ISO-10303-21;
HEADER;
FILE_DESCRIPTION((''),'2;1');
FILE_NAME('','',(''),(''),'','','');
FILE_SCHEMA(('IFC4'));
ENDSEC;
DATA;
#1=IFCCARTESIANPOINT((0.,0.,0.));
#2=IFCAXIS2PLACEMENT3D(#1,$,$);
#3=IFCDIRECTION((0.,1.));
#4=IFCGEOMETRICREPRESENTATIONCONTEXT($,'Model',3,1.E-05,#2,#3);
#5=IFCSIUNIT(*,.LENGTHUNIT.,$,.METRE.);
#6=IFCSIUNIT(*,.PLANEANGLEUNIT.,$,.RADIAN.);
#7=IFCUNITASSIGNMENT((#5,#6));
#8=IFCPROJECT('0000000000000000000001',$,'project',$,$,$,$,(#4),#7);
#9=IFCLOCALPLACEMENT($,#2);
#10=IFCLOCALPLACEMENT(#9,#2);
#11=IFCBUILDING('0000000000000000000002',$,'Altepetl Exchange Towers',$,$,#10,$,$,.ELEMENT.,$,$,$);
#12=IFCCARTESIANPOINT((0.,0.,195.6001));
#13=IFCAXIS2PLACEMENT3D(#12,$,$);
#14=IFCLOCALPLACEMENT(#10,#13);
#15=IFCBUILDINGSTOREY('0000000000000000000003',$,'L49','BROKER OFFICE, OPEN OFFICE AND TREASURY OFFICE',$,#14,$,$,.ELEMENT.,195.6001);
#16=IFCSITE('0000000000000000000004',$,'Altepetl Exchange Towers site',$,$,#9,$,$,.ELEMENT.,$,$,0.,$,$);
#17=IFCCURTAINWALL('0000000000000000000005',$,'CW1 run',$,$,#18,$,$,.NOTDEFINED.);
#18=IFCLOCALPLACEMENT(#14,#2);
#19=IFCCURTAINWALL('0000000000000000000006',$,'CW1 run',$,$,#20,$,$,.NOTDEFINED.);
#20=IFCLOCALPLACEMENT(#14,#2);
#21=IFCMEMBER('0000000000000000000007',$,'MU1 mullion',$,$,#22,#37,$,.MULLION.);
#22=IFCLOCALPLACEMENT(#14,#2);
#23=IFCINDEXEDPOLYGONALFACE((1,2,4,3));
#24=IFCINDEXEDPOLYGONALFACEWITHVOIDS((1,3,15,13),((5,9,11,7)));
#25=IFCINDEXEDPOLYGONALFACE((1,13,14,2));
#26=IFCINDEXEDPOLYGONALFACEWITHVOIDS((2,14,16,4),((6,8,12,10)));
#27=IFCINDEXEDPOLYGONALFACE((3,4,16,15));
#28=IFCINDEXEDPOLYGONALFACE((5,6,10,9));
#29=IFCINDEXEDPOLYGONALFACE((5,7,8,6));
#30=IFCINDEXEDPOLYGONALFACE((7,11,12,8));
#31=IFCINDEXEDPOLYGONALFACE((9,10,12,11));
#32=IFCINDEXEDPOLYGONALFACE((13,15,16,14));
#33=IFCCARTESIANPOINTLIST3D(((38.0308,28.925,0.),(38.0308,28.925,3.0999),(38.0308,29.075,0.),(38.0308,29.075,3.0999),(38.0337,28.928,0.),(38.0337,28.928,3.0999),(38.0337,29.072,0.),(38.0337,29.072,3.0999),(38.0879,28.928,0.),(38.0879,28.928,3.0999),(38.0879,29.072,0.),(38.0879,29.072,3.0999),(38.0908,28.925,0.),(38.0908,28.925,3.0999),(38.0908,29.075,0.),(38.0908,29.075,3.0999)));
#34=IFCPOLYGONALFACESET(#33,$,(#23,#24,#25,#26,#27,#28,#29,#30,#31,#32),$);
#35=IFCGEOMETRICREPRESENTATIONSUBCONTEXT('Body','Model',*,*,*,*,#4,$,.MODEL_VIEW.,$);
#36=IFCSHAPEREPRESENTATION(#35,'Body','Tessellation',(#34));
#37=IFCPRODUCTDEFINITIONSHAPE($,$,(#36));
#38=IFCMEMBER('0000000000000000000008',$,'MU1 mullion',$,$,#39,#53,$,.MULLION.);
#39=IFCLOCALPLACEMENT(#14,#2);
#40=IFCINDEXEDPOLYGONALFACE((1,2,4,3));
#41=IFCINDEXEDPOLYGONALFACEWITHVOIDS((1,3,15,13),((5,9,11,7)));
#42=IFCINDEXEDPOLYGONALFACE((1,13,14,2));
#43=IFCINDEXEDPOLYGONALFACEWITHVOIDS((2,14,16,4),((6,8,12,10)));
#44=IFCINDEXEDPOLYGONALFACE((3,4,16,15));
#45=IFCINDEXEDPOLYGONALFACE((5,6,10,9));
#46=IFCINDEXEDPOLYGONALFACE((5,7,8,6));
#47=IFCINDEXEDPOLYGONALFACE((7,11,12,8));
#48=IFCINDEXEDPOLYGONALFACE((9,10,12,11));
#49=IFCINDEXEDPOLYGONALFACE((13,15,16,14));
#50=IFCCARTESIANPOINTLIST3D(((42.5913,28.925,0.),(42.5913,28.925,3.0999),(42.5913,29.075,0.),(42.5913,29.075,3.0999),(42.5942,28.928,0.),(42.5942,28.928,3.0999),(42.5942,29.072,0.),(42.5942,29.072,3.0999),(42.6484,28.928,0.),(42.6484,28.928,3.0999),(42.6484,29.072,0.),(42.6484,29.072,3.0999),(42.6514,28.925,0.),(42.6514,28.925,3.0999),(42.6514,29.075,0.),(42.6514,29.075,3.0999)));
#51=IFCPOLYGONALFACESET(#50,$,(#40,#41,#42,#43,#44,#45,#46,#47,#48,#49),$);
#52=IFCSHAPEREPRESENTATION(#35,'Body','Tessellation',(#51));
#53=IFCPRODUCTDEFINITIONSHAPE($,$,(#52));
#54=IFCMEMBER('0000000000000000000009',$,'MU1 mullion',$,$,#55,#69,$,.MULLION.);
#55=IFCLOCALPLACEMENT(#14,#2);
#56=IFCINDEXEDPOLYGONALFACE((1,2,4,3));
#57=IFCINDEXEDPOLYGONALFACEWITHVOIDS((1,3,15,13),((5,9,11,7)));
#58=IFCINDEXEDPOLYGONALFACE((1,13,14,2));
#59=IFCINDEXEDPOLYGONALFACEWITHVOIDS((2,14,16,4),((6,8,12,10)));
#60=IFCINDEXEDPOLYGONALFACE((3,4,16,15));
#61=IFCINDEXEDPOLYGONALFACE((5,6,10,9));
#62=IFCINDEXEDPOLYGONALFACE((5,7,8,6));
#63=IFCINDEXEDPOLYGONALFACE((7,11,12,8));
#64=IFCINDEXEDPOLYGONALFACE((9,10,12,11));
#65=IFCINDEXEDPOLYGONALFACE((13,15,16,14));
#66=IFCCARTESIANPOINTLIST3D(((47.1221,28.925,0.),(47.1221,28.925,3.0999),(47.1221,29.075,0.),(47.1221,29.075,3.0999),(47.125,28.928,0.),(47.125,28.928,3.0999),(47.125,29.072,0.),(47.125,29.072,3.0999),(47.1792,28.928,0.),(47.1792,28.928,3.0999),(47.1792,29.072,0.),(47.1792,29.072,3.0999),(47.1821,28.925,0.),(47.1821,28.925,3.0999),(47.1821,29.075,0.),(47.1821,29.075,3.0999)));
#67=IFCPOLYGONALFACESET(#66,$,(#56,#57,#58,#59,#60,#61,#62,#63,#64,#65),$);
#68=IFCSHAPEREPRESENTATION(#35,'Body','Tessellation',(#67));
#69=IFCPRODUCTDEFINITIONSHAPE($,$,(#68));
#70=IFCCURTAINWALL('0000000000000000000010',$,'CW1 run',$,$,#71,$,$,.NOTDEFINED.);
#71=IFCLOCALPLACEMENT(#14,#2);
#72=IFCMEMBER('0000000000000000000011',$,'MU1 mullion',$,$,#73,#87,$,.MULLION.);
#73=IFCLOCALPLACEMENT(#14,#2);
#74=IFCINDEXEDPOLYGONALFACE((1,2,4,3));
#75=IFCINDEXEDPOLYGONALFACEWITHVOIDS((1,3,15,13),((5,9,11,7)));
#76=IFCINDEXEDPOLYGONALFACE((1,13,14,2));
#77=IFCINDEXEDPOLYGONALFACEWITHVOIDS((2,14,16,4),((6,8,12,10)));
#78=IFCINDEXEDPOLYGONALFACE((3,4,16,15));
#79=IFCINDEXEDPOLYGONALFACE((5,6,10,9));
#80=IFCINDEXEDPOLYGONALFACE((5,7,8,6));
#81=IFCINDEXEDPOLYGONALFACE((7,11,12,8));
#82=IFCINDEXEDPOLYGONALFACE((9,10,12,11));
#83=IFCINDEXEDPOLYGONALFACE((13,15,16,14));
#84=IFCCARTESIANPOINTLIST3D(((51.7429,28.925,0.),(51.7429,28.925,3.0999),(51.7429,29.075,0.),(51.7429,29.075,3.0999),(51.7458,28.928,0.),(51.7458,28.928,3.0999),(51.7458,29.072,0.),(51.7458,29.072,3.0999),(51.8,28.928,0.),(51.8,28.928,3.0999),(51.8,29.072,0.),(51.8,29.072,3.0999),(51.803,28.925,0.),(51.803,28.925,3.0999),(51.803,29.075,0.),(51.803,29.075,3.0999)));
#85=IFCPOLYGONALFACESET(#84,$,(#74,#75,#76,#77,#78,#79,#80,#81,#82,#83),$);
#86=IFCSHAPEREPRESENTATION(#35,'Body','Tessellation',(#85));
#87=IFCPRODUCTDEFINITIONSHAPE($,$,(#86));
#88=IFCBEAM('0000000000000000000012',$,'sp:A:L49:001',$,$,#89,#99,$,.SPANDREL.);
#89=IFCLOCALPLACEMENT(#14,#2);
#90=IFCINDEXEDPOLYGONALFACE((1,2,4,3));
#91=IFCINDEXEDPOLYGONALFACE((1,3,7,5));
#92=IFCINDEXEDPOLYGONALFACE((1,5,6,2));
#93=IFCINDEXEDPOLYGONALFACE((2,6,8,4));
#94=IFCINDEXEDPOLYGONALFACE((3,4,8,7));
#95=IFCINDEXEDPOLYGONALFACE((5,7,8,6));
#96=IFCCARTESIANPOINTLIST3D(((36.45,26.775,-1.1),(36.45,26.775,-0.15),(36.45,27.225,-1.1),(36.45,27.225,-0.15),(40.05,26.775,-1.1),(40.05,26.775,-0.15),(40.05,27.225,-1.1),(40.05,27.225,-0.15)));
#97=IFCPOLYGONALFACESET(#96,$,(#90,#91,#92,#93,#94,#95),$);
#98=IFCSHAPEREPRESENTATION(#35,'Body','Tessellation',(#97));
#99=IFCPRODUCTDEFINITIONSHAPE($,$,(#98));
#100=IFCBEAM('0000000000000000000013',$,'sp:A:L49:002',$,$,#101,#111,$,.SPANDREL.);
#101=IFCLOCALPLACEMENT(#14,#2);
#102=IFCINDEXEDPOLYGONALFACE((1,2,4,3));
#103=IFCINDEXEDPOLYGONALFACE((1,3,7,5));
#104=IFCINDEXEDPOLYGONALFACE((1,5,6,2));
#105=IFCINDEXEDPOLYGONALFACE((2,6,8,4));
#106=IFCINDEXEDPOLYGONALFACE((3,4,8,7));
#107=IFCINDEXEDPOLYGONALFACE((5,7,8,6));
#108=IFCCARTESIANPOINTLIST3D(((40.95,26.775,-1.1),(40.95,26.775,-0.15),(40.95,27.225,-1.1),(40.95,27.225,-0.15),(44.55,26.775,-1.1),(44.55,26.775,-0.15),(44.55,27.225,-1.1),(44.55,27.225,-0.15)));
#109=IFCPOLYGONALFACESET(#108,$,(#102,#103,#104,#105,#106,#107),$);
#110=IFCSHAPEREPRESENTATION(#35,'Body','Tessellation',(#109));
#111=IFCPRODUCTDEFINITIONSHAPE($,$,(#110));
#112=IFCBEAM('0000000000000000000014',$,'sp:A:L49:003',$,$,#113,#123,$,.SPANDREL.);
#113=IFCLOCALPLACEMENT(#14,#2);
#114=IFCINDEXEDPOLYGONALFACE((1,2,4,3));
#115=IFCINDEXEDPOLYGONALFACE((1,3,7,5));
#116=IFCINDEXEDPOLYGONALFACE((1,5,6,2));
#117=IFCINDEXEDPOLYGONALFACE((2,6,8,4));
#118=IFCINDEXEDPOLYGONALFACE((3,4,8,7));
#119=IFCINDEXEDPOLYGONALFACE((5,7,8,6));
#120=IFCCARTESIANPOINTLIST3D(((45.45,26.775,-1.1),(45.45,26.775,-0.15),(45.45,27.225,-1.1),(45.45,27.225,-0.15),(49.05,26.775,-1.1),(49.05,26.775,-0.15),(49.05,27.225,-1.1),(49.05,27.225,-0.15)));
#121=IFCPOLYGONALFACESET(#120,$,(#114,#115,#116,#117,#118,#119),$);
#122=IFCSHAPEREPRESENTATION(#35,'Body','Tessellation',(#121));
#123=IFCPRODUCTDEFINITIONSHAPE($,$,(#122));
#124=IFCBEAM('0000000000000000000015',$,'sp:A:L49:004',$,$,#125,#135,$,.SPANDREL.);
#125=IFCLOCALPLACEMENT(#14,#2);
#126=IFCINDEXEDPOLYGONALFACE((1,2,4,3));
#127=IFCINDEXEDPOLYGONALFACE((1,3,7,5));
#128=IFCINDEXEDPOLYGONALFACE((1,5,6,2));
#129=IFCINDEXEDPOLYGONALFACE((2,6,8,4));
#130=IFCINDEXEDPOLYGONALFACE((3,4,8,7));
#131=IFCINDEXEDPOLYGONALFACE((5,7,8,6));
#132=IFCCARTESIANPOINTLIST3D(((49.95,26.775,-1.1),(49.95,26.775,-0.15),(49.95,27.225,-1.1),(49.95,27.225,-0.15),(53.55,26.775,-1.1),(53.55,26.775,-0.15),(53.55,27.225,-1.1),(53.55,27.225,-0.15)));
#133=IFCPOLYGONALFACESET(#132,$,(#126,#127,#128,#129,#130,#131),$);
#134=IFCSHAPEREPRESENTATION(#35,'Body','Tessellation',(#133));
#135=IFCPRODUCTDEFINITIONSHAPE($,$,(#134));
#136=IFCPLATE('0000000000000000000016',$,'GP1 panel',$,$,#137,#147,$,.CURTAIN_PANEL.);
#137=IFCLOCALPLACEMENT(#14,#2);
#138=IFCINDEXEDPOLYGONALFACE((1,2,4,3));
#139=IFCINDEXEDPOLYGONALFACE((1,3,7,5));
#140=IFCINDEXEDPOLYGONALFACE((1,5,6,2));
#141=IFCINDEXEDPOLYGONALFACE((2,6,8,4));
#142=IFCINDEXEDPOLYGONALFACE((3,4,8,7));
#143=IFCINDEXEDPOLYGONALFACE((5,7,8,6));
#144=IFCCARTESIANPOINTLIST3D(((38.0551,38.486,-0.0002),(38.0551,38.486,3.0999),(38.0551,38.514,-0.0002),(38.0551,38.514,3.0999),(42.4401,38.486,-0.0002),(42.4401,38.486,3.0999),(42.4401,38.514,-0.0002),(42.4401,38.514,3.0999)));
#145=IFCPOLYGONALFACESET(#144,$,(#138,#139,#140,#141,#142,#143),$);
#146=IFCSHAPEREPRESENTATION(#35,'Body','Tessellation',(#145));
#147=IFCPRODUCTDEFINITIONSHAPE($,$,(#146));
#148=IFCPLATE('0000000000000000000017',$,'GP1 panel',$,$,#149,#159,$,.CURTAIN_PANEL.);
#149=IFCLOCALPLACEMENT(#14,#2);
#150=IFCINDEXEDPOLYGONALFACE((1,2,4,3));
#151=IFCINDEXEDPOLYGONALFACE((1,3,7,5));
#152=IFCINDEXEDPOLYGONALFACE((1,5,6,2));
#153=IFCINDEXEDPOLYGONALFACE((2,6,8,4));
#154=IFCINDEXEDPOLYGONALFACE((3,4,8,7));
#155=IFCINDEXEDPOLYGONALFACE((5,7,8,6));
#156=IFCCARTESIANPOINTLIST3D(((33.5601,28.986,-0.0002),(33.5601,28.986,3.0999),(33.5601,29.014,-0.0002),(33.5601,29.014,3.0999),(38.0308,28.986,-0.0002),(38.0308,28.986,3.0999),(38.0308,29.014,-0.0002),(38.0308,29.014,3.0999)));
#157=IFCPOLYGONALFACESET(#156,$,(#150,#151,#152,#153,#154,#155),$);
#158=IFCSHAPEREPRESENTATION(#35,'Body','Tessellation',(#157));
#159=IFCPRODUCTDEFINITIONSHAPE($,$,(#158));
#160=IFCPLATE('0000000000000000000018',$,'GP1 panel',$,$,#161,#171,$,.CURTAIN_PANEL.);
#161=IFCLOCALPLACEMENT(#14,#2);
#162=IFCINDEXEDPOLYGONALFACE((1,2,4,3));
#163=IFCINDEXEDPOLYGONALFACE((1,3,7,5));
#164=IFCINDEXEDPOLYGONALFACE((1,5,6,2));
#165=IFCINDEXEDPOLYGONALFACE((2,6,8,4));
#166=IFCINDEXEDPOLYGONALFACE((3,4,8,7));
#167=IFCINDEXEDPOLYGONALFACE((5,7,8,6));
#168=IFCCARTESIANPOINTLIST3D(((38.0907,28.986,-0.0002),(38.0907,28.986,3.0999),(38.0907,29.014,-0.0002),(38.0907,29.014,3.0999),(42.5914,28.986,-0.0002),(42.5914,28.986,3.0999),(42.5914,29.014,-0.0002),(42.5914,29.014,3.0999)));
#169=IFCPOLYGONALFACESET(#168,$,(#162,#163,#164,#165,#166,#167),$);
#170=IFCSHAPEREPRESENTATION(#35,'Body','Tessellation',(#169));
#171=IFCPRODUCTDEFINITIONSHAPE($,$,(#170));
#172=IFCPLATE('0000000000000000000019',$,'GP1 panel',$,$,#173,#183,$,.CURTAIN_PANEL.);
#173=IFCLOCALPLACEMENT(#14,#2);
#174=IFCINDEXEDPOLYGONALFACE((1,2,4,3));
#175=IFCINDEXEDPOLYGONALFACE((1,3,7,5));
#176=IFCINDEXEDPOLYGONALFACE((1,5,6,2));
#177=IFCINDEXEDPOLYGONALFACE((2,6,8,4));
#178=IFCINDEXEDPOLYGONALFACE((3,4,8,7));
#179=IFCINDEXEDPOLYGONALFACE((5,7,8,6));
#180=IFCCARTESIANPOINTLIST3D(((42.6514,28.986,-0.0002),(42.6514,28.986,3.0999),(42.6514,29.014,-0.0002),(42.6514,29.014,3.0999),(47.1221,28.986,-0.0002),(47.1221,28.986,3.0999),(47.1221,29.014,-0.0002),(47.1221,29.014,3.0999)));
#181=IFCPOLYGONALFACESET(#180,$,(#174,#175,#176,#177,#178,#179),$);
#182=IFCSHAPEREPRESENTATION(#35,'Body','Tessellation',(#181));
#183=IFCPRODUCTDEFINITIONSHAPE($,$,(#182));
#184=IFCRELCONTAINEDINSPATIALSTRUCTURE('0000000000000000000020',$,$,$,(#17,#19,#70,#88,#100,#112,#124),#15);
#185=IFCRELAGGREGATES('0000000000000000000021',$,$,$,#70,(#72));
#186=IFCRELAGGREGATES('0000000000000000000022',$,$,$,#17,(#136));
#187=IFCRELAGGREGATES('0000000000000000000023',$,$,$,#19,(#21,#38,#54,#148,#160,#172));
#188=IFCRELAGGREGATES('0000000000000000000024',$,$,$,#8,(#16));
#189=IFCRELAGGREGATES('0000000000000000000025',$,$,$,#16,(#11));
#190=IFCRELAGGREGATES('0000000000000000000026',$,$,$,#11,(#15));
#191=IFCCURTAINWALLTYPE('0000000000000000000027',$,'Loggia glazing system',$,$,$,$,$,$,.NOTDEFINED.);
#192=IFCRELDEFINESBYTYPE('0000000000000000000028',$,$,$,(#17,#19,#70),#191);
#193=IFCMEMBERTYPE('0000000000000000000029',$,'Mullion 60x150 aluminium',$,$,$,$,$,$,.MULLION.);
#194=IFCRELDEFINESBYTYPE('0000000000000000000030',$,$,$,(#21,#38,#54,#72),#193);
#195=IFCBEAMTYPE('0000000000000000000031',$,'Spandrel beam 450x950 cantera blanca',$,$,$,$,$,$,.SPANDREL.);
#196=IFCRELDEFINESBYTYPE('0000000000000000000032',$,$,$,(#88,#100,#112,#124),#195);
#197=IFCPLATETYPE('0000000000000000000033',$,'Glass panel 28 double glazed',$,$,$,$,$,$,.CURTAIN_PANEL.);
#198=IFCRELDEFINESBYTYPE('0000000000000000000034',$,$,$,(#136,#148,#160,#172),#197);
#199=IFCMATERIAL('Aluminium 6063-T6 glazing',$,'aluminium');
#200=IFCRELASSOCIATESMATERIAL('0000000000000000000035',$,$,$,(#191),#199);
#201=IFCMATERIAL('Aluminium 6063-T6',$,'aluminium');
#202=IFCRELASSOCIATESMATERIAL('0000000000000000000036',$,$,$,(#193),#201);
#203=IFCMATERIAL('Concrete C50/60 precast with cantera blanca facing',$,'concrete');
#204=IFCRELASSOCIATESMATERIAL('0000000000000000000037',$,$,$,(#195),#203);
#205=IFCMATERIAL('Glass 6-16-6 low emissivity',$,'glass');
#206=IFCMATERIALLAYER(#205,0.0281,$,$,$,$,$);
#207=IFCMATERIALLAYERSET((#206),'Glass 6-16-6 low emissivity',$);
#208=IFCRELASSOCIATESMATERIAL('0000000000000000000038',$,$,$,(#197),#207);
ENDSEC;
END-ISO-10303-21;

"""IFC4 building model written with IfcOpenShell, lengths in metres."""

from ifc_helpers import new_model, si_unit, direction, frame, origin, origin_2d, place, context, subcontext, project, spatial, rectangle, hollow_rectangle, extrude, material, layer, layer_set, material_profile, profile_set, type_object, element, aggregate, save


model = new_model("IFC4")

# Units and contexts
model_context = context("Model", 3, precision=1e-05, world=origin(), true_north=direction((0.0, 1.0)))
body_context = subcontext(model_context, "Body", "Model", "MODEL_VIEW")
ifc_project = project(units=[si_unit("LENGTHUNIT", "METRE"), si_unit("PLANEANGLEUNIT", "RADIAN")], contexts=[model_context])

# Site, building, storey
site_placement = place(None, origin())
site = spatial("IfcSite", under=ifc_project, at=site_placement, Name="Altepetl Exchange Towers site", CompositionType="ELEMENT", RefElevation=0.0)
building_placement = place(site_placement, origin())
building = spatial("IfcBuilding", under=site, at=building_placement, Name="Altepetl Exchange Towers", CompositionType="ELEMENT")
storey_placement = place(building_placement, frame((0.0, 0.0, 195.6001)))
storey = spatial("IfcBuildingStorey", under=building, at=storey_placement, Name="L49", Description="BROKER OFFICE, OPEN OFFICE AND TREASURY OFFICE", CompositionType="ELEMENT", Elevation=195.6001)

# Shared definitions
ifc_material_1 = material(Name="Aluminium 6063-T6 glazing", Category="aluminium")
curtain_wall_type = type_object("IfcCurtainWallType", Name="Loggia glazing system", PredefinedType="NOTDEFINED", material=ifc_material_1)
ifc_material_2 = material(Name="Aluminium 6063-T6", Category="aluminium")
ifc_material_profile_1 = material_profile(ifc_material_2, hollow_rectangle(XDim=0.0601, YDim=0.1499, WallThickness=0.0029, at=origin_2d()), Name="Mullion 60x150 aluminium")
ifc_profile_set_1 = profile_set([ifc_material_profile_1], Name="Aluminium 6063-T6")
member_type = type_object("IfcMemberType", Name="Mullion 60x150 aluminium", PredefinedType="MULLION", material=ifc_profile_set_1)

# Curtain walls, members
curtain_wall_1_placement = place(storey_placement, origin())
curtain_wall_1 = element("IfcCurtainWall", 1, at=curtain_wall_1_placement, inside=storey, type_object=curtain_wall_type, Name="CW1 run", PredefinedType="NOTDEFINED")
curtain_wall_2_placement = place(storey_placement, origin())
curtain_wall_2 = element("IfcCurtainWall", 2, at=curtain_wall_2_placement, inside=storey, type_object=curtain_wall_type, Name="CW1 run", PredefinedType="NOTDEFINED")
member_1_placement = place(storey_placement, frame((38.0608, 29.0, 0.0)))
member_1 = element("IfcMember", 3, at=member_1_placement, type_object=member_type, Name="MU1 mullion", PredefinedType="MULLION", context=body_context, shape_type="SweptSolid", body=[
    extrude(hollow_rectangle(XDim=0.0601, YDim=0.1499, WallThickness=0.0029, at=origin_2d()), origin(), (0.0, 0.0, 1.0), 3.0999),
])
member_2_placement = place(storey_placement, frame((42.6213, 29.0, 0.0)))
member_2 = element("IfcMember", 4, at=member_2_placement, type_object=member_type, Name="MU1 mullion", PredefinedType="MULLION", context=body_context, shape_type="SweptSolid", body=[
    extrude(hollow_rectangle(XDim=0.0601, YDim=0.1499, WallThickness=0.0029, at=origin_2d()), origin(), (0.0, 0.0, 1.0), 3.0999),
])
member_3_placement = place(storey_placement, frame((47.1521, 29.0, 0.0)))
member_3 = element("IfcMember", 5, at=member_3_placement, type_object=member_type, Name="MU1 mullion", PredefinedType="MULLION", context=body_context, shape_type="SweptSolid", body=[
    extrude(hollow_rectangle(XDim=0.0601, YDim=0.1499, WallThickness=0.0029, at=origin_2d()), origin(), (0.0, 0.0, 1.0), 3.0999),
])

# Curtain wall, member
curtain_wall_3_placement = place(storey_placement, origin())
curtain_wall_3 = element("IfcCurtainWall", 6, at=curtain_wall_3_placement, inside=storey, type_object=curtain_wall_type, Name="CW1 run", PredefinedType="NOTDEFINED")
member_4_placement = place(storey_placement, frame((51.7729, 29.0, 0.0)))
member_4 = element("IfcMember", 7, at=member_4_placement, type_object=member_type, Name="MU1 mullion", PredefinedType="MULLION", context=body_context, shape_type="SweptSolid", body=[
    extrude(hollow_rectangle(XDim=0.0601, YDim=0.1499, WallThickness=0.0029, at=origin_2d()), origin(), (0.0, 0.0, 1.0), 3.0999),
])
aggregate(curtain_wall_3, [member_4])

# Beams
ifc_material_3 = material(Name="Concrete C50/60 precast with cantera blanca facing", Category="concrete")
ifc_material_profile_2 = material_profile(ifc_material_3, rectangle(XDim=0.45, YDim=0.95, at=origin_2d()), Name="450 x 950")
ifc_profile_set_2 = profile_set([ifc_material_profile_2], Name="Concrete C50/60 precast with cantera blanca facing")
beam_type_1 = type_object("IfcBeamType", Name="Spandrel beam 450x950 cantera blanca", PredefinedType="SPANDREL", material=ifc_profile_set_2)
for number, where, z_axis, x_axis, name in (
    (8, (36.45, 27.0, -0.625), (1.0, 0.0, 0.0), (0.0, 1.0, 0.0), "sp:A:L49:001"),
    (9, (40.95, 27.0, -0.625), (1.0, 0.0, 0.0), (0.0, 1.0, 0.0), "sp:A:L49:002"),
    (10, (45.45, 27.0, -0.625), (1.0, 0.0, 0.0), (0.0, 1.0, 0.0), "sp:A:L49:003"),
    (11, (49.95, 27.0, -0.625), (1.0, 0.0, 0.0), (0.0, 1.0, 0.0), "sp:A:L49:004"),
):
    element("IfcBeam", number, at=place(storey_placement, frame(where, z_axis=z_axis, x_axis=x_axis)), inside=storey, type_object=beam_type_1, Name=name, PredefinedType="SPANDREL", context=body_context, shape_type="SweptSolid", body=[
        extrude(rectangle(XDim=0.45, YDim=0.95, at=origin_2d()), origin(), (0.0, 0.0, 1.0), 3.6001),
    ])

# Plates
ifc_material_4 = material(Name="Glass 6-16-6 low emissivity", Category="glass")
ifc_layer_1 = layer(ifc_material_4, 0.0281)
ifc_layer_set_1 = layer_set([ifc_layer_1], Name="Glass 6-16-6 low emissivity")
plate_type = type_object("IfcPlateType", Name="Glass panel 28 double glazed", PredefinedType="CURTAIN_PANEL", material=ifc_layer_set_1)
plate_1_placement = place(storey_placement, frame((40.2476, 38.5, -0.0002), z_axis=(0.0, 0.0, 1.0), x_axis=(-1.0, 0.0, 0.0)))
plate_1 = element("IfcPlate", 12, at=plate_1_placement, type_object=plate_type, Name="GP1 panel", PredefinedType="CURTAIN_PANEL", context=body_context, shape_type="SweptSolid", body=[
    extrude(rectangle(XDim=4.385, YDim=0.0281, at=origin_2d()), origin(), (0.0, 0.0, 1.0), 3.1001),
])
aggregate(curtain_wall_1, [plate_1])
plate_2_placement = place(storey_placement, frame((35.7954, 29.0, -0.0002)))
plate_2 = element("IfcPlate", 13, at=plate_2_placement, type_object=plate_type, Name="GP1 panel", PredefinedType="CURTAIN_PANEL", context=body_context, shape_type="SweptSolid", body=[
    extrude(rectangle(XDim=4.4707, YDim=0.0281, at=origin_2d()), origin(), (0.0, 0.0, 1.0), 3.1001),
])
plate_3_placement = place(storey_placement, frame((40.3411, 29.0, -0.0002)))
plate_3 = element("IfcPlate", 14, at=plate_3_placement, type_object=plate_type, Name="GP1 panel", PredefinedType="CURTAIN_PANEL", context=body_context, shape_type="SweptSolid", body=[
    extrude(rectangle(XDim=4.5007, YDim=0.0281, at=origin_2d()), origin(), (0.0, 0.0, 1.0), 3.1001),
])
plate_4_placement = place(storey_placement, frame((44.8867, 29.0, -0.0002)))
plate_4 = element("IfcPlate", 15, at=plate_4_placement, type_object=plate_type, Name="GP1 panel", PredefinedType="CURTAIN_PANEL", context=body_context, shape_type="SweptSolid", body=[
    extrude(rectangle(XDim=4.4707, YDim=0.0281, at=origin_2d()), origin(), (0.0, 0.0, 1.0), 3.1001),
])
aggregate(curtain_wall_2, [member_1, member_2, member_3, plate_2, plate_3, plate_4])

save(model, "model.ifc")
